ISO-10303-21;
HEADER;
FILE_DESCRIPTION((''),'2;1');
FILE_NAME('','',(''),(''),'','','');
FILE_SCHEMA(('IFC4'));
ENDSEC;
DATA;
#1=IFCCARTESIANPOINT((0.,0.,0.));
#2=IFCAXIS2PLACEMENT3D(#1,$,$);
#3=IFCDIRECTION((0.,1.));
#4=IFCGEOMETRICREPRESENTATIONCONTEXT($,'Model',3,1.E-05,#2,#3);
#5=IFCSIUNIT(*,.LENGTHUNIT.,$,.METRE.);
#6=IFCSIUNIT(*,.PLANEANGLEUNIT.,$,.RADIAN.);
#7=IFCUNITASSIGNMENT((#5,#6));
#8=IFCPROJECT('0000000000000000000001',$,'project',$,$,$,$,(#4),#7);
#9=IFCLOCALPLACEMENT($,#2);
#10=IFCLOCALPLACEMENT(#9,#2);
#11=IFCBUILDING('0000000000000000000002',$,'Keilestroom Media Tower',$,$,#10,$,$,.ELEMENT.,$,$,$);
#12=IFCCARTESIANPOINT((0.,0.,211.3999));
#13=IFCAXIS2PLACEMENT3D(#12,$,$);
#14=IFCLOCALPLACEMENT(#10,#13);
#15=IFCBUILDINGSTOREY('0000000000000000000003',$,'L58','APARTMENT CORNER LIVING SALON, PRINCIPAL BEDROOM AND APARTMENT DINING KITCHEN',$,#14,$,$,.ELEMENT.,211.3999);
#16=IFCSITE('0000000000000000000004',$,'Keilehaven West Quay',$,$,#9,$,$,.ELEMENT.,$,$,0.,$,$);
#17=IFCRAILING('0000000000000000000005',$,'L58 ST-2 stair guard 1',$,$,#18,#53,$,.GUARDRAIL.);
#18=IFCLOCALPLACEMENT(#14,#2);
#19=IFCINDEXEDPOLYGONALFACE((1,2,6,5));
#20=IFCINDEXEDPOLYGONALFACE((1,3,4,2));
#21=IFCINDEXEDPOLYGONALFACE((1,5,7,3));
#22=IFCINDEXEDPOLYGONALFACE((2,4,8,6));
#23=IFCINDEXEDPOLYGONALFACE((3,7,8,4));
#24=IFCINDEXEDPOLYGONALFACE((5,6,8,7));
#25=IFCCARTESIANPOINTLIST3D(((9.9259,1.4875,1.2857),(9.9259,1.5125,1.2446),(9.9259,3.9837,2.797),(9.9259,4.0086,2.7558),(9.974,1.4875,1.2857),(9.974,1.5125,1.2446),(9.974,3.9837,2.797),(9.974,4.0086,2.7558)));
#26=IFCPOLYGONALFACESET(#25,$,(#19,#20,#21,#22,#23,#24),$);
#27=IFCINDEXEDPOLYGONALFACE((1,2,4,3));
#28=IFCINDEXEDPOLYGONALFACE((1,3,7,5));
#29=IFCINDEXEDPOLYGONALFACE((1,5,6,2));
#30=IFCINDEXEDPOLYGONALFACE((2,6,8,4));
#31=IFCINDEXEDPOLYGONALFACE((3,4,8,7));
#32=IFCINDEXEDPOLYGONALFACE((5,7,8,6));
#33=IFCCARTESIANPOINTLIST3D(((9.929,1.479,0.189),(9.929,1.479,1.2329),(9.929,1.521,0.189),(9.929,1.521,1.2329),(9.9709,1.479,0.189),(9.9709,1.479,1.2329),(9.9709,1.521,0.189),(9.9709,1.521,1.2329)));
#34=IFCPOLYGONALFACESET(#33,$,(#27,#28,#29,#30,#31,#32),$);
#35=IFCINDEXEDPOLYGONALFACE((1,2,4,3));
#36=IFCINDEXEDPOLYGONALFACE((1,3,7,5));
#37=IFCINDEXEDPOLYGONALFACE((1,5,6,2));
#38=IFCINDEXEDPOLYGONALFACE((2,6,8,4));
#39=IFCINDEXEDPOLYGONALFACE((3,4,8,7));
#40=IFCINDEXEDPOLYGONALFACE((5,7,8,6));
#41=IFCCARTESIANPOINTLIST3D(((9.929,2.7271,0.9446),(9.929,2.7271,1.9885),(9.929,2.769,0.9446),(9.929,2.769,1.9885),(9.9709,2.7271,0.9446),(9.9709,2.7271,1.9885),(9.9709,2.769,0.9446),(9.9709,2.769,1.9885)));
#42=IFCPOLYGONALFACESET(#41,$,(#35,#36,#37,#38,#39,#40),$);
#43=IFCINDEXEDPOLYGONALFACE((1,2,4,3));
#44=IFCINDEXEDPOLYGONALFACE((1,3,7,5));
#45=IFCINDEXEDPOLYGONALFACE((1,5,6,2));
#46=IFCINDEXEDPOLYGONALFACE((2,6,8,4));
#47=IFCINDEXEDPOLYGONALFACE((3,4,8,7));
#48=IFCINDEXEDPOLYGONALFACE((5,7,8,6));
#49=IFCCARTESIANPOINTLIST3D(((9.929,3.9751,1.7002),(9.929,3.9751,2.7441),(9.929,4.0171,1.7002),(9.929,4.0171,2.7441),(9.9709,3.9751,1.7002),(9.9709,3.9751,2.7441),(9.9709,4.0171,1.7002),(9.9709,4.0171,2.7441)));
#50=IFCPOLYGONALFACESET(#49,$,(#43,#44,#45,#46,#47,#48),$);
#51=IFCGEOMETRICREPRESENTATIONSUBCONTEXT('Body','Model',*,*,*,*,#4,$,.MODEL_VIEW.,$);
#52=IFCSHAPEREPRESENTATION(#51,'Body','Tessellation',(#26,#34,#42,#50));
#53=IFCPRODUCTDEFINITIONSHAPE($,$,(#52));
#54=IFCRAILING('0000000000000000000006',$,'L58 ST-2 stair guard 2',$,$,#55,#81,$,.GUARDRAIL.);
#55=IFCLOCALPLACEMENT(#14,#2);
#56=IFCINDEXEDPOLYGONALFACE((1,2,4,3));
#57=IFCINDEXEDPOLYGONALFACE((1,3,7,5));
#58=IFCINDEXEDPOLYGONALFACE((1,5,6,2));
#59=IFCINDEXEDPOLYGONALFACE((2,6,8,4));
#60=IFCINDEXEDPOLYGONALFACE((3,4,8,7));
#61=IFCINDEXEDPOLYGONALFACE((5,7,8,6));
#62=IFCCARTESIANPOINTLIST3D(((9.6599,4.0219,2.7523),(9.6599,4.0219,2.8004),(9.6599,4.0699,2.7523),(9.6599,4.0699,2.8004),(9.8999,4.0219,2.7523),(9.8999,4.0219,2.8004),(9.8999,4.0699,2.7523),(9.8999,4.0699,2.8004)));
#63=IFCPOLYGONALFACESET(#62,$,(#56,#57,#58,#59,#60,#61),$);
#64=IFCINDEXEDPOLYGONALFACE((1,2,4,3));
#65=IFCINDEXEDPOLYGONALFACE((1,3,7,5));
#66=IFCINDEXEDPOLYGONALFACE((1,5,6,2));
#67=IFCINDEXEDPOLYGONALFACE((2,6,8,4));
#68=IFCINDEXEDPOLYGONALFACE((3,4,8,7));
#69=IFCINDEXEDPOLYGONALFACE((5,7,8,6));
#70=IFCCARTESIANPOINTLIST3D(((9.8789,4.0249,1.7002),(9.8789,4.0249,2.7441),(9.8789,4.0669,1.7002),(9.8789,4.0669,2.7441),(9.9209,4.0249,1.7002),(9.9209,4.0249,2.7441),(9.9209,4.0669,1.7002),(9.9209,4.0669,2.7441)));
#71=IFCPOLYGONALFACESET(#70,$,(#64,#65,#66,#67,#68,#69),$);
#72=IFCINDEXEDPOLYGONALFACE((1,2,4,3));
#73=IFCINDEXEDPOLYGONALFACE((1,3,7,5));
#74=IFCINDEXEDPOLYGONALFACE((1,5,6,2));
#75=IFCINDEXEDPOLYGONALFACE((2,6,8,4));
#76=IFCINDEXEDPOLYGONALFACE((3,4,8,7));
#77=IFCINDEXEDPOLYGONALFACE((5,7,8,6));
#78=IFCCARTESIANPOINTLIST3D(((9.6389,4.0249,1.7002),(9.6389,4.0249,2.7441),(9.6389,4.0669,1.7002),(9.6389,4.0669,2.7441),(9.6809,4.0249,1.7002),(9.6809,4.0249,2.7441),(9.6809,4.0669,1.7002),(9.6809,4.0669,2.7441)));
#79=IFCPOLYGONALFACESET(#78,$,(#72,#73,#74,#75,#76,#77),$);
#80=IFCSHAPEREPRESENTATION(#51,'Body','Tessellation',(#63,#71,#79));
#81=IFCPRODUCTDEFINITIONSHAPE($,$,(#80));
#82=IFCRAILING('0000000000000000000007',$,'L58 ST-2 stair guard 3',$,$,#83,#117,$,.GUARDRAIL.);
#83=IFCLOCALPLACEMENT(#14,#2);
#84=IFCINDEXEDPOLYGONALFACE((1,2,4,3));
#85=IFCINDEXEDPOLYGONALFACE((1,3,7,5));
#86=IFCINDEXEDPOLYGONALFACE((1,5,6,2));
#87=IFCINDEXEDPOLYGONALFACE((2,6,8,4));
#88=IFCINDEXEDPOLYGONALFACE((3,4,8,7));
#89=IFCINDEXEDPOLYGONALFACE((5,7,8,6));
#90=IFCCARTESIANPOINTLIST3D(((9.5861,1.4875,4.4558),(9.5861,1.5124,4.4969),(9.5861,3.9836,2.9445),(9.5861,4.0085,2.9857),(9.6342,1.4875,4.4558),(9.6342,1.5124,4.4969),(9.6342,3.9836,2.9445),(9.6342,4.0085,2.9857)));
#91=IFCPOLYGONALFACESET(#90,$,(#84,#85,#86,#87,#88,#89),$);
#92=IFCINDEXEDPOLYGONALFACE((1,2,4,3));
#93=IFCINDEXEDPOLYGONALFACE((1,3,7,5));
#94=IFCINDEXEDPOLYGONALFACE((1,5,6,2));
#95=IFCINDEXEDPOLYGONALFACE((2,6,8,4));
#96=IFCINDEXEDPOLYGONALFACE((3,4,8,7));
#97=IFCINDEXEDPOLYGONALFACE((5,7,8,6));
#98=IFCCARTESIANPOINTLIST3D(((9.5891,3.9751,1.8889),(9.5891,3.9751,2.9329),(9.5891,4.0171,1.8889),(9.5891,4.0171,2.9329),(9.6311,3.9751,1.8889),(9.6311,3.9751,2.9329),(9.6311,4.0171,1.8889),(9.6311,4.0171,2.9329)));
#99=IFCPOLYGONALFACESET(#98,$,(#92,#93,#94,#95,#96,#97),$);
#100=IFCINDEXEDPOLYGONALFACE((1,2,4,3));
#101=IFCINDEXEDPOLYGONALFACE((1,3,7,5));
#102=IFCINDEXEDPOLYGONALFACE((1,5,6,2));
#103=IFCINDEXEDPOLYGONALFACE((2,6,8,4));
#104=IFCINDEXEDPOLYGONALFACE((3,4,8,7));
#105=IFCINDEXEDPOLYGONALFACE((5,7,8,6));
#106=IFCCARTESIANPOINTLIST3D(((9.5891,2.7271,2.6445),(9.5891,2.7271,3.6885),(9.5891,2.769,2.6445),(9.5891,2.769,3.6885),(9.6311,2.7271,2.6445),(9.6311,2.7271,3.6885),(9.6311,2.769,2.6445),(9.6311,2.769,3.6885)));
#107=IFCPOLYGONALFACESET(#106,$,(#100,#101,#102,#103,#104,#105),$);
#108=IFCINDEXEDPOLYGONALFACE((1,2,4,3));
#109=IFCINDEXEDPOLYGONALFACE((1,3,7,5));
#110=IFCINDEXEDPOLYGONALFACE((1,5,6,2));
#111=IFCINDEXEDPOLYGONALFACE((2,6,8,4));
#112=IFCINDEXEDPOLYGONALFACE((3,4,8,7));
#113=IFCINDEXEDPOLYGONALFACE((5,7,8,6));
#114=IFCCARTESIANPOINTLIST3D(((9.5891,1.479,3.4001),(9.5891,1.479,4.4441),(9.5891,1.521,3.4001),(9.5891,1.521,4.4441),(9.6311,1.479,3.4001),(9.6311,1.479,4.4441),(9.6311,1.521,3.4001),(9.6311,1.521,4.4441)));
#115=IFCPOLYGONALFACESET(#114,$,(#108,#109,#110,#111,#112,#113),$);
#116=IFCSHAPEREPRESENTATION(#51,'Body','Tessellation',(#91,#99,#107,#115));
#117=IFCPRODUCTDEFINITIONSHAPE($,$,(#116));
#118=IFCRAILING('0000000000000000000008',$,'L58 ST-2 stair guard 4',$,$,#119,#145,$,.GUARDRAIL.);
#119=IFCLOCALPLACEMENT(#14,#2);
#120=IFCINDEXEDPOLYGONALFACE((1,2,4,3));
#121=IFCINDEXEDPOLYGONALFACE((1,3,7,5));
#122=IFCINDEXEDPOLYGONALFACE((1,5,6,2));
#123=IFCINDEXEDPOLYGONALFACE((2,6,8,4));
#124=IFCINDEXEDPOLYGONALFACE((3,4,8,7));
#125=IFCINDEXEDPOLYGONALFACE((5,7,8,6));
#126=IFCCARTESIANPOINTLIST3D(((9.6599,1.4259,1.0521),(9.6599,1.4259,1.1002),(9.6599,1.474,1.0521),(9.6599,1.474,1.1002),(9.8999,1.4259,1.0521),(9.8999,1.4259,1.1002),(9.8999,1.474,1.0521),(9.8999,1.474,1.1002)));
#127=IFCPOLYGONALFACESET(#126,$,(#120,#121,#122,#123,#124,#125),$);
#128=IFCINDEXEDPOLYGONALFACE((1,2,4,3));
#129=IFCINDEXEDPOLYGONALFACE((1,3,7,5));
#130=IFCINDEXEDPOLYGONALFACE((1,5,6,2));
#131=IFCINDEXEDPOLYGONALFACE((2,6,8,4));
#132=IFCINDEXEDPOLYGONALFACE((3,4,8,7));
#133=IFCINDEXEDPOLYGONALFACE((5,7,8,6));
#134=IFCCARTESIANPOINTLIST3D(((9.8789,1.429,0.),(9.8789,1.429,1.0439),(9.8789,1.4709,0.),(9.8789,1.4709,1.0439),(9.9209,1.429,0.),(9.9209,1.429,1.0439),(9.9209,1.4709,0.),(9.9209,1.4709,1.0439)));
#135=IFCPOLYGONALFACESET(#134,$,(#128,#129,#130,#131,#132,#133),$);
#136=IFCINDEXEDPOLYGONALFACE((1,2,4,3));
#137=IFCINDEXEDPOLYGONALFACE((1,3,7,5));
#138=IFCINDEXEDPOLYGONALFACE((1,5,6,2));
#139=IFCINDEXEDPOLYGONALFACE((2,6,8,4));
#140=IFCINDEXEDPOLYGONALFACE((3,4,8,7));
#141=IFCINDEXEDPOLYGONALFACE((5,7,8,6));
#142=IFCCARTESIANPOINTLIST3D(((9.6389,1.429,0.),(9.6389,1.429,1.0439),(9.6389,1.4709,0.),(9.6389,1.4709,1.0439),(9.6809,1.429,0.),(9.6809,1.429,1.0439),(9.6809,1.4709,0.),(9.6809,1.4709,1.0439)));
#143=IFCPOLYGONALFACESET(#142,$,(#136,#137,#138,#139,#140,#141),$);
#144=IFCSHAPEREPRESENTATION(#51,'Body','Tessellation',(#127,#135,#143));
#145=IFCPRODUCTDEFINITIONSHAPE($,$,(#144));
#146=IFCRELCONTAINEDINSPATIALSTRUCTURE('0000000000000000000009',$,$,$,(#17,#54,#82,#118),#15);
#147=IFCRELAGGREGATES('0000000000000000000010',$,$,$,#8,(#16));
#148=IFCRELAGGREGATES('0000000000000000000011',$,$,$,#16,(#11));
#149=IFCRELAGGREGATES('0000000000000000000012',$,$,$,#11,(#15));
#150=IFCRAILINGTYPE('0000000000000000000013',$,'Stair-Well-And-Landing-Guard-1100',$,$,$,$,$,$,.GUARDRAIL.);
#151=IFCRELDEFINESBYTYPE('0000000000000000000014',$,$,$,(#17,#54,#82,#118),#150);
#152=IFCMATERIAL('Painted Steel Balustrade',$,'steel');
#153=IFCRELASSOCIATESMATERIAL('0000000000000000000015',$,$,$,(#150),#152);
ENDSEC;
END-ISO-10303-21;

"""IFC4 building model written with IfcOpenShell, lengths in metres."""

from ifc_helpers import new_model, si_unit, direction, frame, origin, origin_2d, place, context, subcontext, project, spatial, rectangle, extrude, material, type_object, element, save


model = new_model("IFC4")

# Units and contexts
model_context = context("Model", 3, precision=1e-05, world=origin(), true_north=direction((0.0, 1.0)))
body_context = subcontext(model_context, "Body", "Model", "MODEL_VIEW")
ifc_project = project(units=[si_unit("LENGTHUNIT", "METRE"), si_unit("PLANEANGLEUNIT", "RADIAN")], contexts=[model_context])

# Site, building, storey
site_placement = place(None, origin())
site = spatial("IfcSite", under=ifc_project, at=site_placement, Name="Keilehaven West Quay", CompositionType="ELEMENT", RefElevation=0.0)
building_placement = place(site_placement, origin())
building = spatial("IfcBuilding", under=site, at=building_placement, Name="Keilestroom Media Tower", CompositionType="ELEMENT")
storey_placement = place(building_placement, frame((0.0, 0.0, 211.3999)))
storey = spatial("IfcBuildingStorey", under=building, at=storey_placement, Name="L58", Description="APARTMENT CORNER LIVING SALON, PRINCIPAL BEDROOM AND APARTMENT DINING KITCHEN", CompositionType="ELEMENT", Elevation=211.3999)

# Railings
ifc_material_1 = material(Name="Painted Steel Balustrade", Category="steel")
railing_type_1 = type_object("IfcRailingType", Name="Stair-Well-And-Landing-Guard-1100", PredefinedType="GUARDRAIL", material=ifc_material_1)
railing_1_placement = place(storey_placement, frame((9.95, 1.5, 0.189)))
element("IfcRailing", 1, at=railing_1_placement, inside=storey, type_object=railing_type_1, Name="L58 ST-2 stair guard 1", PredefinedType="GUARDRAIL", context=body_context, shape_type="SweptSolid", body=[
    extrude(rectangle(XDim=0.0481, YDim=0.0481, at=origin_2d()), frame((0.0, 0.0, 1.0762), z_axis=(0.0, 0.855434, 0.517912), x_axis=(-1.0, 0.0, 0.0)), (0.0, 0.0, 1.0), 2.918),
    extrude(rectangle(XDim=0.042, YDim=0.042, at=origin_2d()), origin(), (0.0, 0.0, 1.0), 1.0439),
    extrude(rectangle(XDim=0.042, YDim=0.042, at=origin_2d()), frame((0.0, 1.248, 0.7556)), (0.0, 0.0, 1.0), 1.0439),
    extrude(rectangle(XDim=0.042, YDim=0.042, at=origin_2d()), frame((0.0, 2.4961, 1.5112)), (0.0, 0.0, 1.0), 1.0439),
])
railing_2_placement = place(storey_placement, frame((9.8999, 4.0459, 1.7002)))
element("IfcRailing", 2, at=railing_2_placement, inside=storey, type_object=railing_type_1, Name="L58 ST-2 stair guard 2", PredefinedType="GUARDRAIL", context=body_context, shape_type="SweptSolid", body=[
    extrude(rectangle(XDim=0.0481, YDim=0.0481, at=origin_2d()), frame((0.0, 0.0, 1.0762), z_axis=(-1.0, 0.0, 0.0), x_axis=(0.0, -1.0, 0.0)), (0.0, 0.0, 1.0), 0.24),
    extrude(rectangle(XDim=0.042, YDim=0.042, at=origin_2d()), origin(), (0.0, 0.0, 1.0), 1.0439),
    extrude(rectangle(XDim=0.042, YDim=0.042, at=origin_2d()), frame((-0.24, 0.0, 0.0)), (0.0, 0.0, 1.0), 1.0439),
])
railing_3_placement = place(storey_placement, frame((9.6101, 3.9961, 1.8889)))
element("IfcRailing", 3, at=railing_3_placement, inside=storey, type_object=railing_type_1, Name="L58 ST-2 stair guard 3", PredefinedType="GUARDRAIL", context=body_context, shape_type="SweptSolid", body=[
    extrude(rectangle(XDim=0.0481, YDim=0.0481, at=origin_2d()), frame((0.0, 0.0, 1.0762), z_axis=(0.0, -0.855434, 0.517912), x_axis=(1.0, 0.0, 0.0)), (0.0, 0.0, 1.0), 2.918),
    extrude(rectangle(XDim=0.042, YDim=0.042, at=origin_2d()), origin(), (0.0, 0.0, 1.0), 1.0439),
    extrude(rectangle(XDim=0.042, YDim=0.042, at=origin_2d()), frame((0.0, -1.248, 0.7556)), (0.0, 0.0, 1.0), 1.0439),
    extrude(rectangle(XDim=0.042, YDim=0.042, at=origin_2d()), frame((0.0, -2.4961, 1.5112)), (0.0, 0.0, 1.0), 1.0439),
])
railing_4_placement = place(storey_placement, frame((9.8999, 1.45, 0.0)))
element("IfcRailing", 4, at=railing_4_placement, inside=storey, type_object=railing_type_1, Name="L58 ST-2 stair guard 4", PredefinedType="GUARDRAIL", context=body_context, shape_type="SweptSolid", body=[
    extrude(rectangle(XDim=0.0481, YDim=0.0481, at=origin_2d()), frame((0.0, 0.0, 1.0762), z_axis=(-1.0, 0.0, 0.0), x_axis=(0.0, -1.0, 0.0)), (0.0, 0.0, 1.0), 0.24),
    extrude(rectangle(XDim=0.042, YDim=0.042, at=origin_2d()), origin(), (0.0, 0.0, 1.0), 1.0439),
    extrude(rectangle(XDim=0.042, YDim=0.042, at=origin_2d()), frame((-0.24, 0.0, 0.0)), (0.0, 0.0, 1.0), 1.0439),
])

save(model, "model.ifc")
